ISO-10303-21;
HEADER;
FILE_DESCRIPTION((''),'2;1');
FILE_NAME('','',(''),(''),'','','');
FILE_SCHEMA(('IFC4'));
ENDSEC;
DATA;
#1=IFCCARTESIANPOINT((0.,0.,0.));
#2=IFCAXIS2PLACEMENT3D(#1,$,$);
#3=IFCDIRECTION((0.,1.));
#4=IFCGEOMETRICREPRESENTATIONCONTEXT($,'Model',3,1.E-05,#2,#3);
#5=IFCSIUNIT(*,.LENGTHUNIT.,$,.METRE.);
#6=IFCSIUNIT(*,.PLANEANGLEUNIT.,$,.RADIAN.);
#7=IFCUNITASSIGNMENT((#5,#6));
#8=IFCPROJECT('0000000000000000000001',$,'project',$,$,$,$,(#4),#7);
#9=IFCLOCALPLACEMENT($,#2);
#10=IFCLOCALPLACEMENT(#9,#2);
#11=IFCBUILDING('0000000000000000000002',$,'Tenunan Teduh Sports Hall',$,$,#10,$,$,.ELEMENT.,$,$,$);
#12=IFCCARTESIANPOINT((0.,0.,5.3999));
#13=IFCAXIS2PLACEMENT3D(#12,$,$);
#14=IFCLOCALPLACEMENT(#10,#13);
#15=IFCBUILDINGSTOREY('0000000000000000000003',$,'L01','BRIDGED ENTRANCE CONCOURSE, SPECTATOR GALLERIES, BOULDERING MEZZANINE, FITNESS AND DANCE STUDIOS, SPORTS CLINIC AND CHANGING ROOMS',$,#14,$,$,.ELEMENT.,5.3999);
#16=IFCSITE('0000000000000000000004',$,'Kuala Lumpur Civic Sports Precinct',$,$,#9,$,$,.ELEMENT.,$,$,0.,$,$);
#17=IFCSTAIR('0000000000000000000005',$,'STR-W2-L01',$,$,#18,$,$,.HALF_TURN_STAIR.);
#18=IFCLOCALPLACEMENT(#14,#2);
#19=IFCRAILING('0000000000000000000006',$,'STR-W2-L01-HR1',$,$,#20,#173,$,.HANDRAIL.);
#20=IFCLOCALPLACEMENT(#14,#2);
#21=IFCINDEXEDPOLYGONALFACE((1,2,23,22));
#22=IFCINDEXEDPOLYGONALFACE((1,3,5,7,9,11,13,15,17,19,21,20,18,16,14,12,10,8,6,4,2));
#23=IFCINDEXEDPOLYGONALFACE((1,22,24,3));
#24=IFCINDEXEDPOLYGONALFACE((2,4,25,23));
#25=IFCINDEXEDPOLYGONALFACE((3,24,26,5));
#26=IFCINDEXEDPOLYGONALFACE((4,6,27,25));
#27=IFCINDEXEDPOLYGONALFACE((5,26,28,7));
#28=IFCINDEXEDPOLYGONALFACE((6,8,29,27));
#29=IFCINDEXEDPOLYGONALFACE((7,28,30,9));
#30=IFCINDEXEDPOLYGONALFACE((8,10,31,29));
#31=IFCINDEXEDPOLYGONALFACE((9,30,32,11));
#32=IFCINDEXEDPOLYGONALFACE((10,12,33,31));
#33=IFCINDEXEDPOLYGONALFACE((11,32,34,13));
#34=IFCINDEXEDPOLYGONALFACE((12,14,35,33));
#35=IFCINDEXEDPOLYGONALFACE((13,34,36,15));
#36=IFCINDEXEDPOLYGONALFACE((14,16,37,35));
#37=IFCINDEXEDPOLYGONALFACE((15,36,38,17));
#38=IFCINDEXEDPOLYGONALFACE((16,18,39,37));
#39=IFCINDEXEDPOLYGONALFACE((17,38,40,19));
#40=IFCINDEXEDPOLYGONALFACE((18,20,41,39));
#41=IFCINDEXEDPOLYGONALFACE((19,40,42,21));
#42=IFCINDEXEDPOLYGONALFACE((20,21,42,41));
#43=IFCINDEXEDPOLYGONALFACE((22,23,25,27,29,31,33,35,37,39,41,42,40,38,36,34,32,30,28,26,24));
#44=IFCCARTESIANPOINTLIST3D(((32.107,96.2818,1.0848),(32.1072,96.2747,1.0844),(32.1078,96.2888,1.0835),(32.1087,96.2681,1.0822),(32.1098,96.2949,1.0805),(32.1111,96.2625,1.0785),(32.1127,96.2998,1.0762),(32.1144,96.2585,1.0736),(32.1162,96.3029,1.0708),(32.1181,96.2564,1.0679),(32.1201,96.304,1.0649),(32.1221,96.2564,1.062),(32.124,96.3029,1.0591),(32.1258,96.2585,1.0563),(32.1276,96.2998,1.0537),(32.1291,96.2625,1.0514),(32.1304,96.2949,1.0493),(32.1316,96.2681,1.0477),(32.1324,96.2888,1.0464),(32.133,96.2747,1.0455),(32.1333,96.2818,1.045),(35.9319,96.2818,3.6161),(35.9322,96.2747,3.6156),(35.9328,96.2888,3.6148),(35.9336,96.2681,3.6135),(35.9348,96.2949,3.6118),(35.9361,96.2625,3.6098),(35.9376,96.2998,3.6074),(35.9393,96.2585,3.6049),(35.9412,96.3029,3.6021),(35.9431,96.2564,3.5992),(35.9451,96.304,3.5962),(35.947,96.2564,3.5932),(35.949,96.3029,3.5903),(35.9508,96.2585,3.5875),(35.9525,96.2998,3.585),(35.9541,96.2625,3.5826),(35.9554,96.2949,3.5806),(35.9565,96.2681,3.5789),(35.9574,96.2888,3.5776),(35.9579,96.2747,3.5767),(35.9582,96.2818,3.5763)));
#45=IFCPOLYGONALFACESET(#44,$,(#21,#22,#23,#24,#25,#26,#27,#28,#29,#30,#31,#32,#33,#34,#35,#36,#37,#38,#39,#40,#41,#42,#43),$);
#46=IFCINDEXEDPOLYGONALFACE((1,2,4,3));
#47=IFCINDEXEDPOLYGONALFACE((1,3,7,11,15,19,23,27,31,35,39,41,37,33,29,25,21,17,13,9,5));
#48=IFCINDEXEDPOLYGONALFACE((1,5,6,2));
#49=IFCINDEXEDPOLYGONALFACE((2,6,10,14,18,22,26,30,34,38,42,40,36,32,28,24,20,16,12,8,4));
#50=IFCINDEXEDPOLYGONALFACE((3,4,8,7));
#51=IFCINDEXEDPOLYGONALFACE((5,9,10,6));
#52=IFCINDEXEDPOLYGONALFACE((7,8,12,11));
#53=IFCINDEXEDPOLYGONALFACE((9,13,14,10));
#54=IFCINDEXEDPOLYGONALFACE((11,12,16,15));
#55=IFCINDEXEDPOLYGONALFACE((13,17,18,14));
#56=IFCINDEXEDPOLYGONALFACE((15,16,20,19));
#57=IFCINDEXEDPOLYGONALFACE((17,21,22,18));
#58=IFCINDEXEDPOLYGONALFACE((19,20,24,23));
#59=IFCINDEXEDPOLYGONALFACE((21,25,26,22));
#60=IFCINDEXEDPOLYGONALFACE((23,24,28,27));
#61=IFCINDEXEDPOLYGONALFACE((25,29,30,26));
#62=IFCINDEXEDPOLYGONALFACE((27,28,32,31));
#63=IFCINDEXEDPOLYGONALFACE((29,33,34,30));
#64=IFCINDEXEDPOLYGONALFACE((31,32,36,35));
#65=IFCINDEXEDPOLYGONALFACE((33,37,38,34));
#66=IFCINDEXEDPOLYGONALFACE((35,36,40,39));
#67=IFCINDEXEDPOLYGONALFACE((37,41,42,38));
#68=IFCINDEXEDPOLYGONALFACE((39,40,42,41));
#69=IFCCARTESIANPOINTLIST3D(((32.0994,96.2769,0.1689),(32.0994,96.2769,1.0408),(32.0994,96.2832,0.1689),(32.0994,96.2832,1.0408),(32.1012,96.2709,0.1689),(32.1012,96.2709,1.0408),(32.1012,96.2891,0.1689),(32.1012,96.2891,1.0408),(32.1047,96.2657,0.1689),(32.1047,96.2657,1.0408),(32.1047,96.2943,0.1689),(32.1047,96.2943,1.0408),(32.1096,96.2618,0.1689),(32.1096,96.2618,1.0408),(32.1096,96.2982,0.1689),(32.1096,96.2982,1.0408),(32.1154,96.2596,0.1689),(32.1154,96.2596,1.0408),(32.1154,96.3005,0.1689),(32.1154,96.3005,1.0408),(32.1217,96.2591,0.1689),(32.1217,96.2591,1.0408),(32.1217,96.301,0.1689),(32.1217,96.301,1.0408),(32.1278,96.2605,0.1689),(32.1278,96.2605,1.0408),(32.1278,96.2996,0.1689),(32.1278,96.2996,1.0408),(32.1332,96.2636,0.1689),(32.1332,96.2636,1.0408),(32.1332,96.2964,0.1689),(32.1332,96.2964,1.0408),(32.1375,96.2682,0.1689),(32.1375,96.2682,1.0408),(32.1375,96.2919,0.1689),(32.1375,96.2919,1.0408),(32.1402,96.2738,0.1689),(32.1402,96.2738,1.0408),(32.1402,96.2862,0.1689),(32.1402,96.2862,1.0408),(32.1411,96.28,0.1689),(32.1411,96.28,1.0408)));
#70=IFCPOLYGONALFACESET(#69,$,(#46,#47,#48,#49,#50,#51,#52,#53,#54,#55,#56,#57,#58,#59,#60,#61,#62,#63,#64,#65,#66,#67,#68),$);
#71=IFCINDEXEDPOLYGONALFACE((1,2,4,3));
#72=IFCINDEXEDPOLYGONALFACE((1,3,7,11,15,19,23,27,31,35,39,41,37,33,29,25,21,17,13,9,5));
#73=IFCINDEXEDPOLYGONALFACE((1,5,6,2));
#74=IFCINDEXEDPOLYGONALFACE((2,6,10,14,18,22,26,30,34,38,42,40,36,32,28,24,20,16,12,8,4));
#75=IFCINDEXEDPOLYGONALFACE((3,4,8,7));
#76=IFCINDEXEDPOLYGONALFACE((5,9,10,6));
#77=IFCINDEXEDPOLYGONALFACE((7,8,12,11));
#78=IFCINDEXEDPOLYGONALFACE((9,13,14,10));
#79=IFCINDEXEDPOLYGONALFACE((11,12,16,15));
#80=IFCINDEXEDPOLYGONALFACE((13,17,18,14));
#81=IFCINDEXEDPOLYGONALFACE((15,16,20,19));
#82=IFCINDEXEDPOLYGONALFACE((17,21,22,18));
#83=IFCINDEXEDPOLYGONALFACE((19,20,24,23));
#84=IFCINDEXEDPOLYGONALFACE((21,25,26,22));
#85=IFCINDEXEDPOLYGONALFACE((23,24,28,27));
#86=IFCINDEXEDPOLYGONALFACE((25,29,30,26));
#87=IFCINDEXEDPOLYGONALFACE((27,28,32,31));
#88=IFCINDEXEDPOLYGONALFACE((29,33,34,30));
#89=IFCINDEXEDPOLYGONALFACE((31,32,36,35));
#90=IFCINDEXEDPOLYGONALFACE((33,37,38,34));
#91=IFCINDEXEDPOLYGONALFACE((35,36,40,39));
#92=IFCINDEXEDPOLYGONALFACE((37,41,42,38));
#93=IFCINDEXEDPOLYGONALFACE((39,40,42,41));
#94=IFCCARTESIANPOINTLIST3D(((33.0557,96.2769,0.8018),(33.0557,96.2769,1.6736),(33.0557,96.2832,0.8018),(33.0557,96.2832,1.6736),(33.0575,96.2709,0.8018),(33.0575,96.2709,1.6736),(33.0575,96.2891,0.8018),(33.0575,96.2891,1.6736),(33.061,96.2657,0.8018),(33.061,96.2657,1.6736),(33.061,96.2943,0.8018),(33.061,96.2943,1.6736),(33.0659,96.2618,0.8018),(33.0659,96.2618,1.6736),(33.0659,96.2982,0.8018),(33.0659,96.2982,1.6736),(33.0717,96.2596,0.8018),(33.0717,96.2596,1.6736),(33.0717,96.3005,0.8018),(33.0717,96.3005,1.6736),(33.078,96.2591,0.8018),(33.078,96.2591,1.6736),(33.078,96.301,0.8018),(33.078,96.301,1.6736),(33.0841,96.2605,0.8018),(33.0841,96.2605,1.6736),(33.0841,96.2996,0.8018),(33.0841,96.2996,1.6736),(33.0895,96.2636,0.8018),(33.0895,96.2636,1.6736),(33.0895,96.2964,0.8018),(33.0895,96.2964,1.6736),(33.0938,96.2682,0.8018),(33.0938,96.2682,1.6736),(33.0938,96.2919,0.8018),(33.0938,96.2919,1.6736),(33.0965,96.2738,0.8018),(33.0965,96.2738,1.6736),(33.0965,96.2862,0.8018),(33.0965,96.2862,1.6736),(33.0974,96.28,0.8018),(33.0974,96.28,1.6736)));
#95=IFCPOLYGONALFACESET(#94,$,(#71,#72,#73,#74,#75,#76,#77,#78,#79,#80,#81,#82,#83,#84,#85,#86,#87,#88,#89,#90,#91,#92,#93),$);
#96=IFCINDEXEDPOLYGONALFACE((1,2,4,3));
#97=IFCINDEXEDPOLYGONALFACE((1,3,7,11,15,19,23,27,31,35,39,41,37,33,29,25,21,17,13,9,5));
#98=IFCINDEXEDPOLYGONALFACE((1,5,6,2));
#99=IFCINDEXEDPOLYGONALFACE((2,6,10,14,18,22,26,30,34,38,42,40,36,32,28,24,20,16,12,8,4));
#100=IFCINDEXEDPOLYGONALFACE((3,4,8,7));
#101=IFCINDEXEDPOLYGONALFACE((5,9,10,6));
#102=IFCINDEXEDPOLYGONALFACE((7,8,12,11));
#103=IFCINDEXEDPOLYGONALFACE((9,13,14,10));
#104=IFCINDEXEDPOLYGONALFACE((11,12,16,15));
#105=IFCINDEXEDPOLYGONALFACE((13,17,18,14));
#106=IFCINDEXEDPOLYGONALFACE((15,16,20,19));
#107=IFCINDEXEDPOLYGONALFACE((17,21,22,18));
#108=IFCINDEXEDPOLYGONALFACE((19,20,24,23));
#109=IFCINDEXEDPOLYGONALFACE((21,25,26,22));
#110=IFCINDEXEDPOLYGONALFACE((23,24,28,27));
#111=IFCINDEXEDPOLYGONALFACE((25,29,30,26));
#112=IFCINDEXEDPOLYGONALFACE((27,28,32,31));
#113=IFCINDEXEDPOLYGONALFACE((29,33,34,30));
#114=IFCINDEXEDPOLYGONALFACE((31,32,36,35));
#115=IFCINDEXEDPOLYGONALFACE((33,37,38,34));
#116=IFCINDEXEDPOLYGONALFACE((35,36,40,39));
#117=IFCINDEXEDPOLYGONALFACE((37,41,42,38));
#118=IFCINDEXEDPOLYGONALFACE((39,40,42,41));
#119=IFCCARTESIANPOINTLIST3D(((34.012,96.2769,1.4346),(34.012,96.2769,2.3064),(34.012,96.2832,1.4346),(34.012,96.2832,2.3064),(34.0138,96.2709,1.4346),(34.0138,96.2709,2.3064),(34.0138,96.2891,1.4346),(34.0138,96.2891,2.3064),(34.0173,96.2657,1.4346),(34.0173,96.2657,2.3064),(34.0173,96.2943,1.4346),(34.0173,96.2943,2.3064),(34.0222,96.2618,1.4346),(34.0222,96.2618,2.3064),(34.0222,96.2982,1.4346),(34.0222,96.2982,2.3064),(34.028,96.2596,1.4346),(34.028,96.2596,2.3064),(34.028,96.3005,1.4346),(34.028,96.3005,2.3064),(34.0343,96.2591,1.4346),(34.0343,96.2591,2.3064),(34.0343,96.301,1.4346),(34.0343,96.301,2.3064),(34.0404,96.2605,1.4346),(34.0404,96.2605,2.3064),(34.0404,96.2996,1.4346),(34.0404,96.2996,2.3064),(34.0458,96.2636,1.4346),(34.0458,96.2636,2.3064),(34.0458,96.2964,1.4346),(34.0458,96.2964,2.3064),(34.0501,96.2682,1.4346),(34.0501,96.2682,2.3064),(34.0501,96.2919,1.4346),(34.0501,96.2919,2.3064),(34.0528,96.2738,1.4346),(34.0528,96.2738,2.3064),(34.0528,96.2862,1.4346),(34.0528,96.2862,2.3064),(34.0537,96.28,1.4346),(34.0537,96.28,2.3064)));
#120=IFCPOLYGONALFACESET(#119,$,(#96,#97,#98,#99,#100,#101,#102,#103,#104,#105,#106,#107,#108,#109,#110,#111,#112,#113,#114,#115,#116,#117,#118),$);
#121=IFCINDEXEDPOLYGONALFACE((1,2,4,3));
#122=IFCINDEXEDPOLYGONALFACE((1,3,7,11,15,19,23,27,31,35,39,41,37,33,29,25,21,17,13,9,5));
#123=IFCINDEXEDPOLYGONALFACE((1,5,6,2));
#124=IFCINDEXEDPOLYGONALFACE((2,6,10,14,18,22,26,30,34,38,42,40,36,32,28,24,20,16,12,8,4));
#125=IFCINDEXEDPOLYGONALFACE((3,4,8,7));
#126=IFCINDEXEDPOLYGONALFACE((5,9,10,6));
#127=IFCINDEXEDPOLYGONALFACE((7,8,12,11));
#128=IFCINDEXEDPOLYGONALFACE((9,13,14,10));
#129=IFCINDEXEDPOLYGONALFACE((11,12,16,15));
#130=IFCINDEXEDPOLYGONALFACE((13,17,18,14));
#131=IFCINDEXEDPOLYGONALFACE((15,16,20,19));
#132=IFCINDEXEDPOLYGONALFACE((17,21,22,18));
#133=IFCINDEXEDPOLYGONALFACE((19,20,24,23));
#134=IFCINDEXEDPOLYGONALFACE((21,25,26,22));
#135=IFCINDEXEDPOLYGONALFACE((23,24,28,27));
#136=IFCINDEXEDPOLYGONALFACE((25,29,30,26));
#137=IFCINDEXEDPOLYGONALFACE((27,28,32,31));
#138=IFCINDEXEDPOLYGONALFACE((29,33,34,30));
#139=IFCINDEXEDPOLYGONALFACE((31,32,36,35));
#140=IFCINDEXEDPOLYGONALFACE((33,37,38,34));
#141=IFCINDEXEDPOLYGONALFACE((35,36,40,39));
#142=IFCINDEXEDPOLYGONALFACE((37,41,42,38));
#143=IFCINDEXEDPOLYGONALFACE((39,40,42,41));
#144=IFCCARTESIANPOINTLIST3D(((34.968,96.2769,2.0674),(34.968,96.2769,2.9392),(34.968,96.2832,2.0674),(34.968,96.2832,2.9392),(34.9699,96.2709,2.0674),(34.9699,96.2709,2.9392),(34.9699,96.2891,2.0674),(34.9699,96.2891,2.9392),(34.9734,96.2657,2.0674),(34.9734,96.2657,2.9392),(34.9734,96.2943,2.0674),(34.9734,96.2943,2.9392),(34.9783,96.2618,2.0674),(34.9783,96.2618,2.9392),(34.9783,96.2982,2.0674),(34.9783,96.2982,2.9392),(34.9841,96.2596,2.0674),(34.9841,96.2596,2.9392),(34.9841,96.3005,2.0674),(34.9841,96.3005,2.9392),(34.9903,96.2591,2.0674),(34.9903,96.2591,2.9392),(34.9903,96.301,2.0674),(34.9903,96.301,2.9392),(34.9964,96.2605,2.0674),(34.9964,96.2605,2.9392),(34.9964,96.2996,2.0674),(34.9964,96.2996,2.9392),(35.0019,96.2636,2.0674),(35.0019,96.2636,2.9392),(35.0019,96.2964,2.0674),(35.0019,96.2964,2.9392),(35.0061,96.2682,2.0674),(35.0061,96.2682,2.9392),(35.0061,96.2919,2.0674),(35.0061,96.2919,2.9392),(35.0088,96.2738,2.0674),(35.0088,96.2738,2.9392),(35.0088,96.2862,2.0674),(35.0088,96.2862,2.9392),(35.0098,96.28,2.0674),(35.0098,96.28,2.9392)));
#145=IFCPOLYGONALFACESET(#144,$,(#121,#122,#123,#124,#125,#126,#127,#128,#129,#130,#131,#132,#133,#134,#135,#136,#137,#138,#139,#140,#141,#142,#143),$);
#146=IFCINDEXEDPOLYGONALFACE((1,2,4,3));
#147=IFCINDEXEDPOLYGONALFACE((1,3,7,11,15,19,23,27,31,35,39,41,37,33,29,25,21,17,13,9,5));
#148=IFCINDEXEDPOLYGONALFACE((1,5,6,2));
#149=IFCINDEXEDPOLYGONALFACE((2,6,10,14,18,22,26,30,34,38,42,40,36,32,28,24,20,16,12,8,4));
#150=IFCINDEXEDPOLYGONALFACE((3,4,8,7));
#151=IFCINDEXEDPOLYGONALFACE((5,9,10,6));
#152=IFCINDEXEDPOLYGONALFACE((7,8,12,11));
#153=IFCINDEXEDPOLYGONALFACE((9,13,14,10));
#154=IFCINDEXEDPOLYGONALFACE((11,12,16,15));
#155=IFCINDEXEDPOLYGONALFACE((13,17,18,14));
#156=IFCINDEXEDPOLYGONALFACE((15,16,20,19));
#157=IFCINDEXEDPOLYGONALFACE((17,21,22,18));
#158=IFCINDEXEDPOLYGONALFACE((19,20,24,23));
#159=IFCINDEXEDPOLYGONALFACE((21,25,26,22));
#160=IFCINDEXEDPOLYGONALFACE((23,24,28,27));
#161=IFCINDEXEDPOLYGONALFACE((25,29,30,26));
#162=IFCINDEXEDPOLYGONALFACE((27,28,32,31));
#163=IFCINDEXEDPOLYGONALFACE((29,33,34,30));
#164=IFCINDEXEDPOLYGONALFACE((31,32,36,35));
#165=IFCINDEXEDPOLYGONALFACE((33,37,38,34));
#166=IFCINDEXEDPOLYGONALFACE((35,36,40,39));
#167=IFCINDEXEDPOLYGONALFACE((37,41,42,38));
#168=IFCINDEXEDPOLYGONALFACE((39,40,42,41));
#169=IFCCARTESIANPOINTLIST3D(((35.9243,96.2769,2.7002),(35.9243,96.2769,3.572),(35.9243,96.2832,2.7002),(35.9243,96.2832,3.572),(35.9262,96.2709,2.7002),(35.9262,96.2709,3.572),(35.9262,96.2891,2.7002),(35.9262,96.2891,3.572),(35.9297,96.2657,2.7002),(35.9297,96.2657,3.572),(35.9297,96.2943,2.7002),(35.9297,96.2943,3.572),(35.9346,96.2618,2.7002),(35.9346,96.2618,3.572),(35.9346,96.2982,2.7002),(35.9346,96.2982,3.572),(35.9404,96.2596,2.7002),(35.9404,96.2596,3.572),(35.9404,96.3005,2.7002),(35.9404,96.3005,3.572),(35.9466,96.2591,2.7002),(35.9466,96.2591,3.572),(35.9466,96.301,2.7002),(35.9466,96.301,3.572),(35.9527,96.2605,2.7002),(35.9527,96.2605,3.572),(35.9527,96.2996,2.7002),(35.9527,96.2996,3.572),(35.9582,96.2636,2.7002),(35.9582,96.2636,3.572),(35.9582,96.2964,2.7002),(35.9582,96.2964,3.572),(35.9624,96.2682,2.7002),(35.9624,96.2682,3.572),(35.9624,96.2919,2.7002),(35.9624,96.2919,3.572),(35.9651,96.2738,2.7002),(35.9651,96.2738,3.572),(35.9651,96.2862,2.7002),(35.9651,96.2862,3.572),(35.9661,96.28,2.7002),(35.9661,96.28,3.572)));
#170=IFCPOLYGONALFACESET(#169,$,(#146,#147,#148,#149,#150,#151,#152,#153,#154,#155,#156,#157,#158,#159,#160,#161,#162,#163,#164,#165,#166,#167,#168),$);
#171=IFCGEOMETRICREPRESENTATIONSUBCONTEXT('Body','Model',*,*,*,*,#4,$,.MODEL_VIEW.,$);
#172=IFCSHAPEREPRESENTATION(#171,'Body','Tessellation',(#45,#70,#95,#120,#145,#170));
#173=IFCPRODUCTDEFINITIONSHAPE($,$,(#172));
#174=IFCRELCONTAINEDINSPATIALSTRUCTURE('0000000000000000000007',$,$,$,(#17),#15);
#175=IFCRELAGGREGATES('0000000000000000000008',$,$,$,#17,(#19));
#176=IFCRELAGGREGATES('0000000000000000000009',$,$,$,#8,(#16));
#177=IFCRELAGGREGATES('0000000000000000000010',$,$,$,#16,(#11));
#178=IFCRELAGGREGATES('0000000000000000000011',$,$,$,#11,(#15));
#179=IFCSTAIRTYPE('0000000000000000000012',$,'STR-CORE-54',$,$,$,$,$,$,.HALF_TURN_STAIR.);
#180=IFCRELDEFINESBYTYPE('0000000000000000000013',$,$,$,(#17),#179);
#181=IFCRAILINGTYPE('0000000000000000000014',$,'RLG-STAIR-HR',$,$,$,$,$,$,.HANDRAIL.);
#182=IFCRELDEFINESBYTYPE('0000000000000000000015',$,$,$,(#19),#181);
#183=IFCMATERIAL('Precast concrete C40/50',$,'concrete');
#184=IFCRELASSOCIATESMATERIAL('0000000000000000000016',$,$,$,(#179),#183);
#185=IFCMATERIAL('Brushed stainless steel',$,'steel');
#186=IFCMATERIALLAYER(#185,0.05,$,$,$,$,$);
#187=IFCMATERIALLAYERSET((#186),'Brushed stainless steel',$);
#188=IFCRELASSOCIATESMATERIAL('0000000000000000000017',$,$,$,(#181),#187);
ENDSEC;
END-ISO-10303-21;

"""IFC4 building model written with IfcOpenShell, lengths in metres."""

from ifc_helpers import new_model, si_unit, direction, frame, origin, origin_2d, place, context, subcontext, project, spatial, circle, extrude, material, layer, layer_set, type_object, element, aggregate, save


model = new_model("IFC4")

# Units and contexts
model_context = context("Model", 3, precision=1e-05, world=origin(), true_north=direction((0.0, 1.0)))
body_context = subcontext(model_context, "Body", "Model", "MODEL_VIEW")
ifc_project = project(units=[si_unit("LENGTHUNIT", "METRE"), si_unit("PLANEANGLEUNIT", "RADIAN")], contexts=[model_context])

# Site, building, storey
site_placement = place(None, origin())
site = spatial("IfcSite", under=ifc_project, at=site_placement, Name="Kuala Lumpur Civic Sports Precinct", CompositionType="ELEMENT", RefElevation=0.0)
building_placement = place(site_placement, origin())
building = spatial("IfcBuilding", under=site, at=building_placement, Name="Tenunan Teduh Sports Hall", CompositionType="ELEMENT")
storey_placement = place(building_placement, frame((0.0, 0.0, 5.3999)))
storey = spatial("IfcBuildingStorey", under=building, at=storey_placement, Name="L01", Description="BRIDGED ENTRANCE CONCOURSE, SPECTATOR GALLERIES, BOULDERING MEZZANINE, FITNESS AND DANCE STUDIOS, SPORTS CLINIC AND CHANGING ROOMS", CompositionType="ELEMENT", Elevation=5.3999)

# Stair
ifc_material_1 = material(Name="Precast concrete C40/50", Category="concrete")
stair_type = type_object("IfcStairType", Name="STR-CORE-54", PredefinedType="HALF_TURN_STAIR", material=ifc_material_1)
stair_placement = place(storey_placement, origin())
stair = element("IfcStair", 1, at=stair_placement, inside=storey, type_object=stair_type, Name="STR-W2-L01", PredefinedType="HALF_TURN_STAIR")

# Railing
ifc_material_2 = material(Name="Brushed stainless steel", Category="steel")
ifc_layer_1 = layer(ifc_material_2, 0.05)
ifc_layer_set_1 = layer_set([ifc_layer_1], Name="Brushed stainless steel")
railing_type_1 = type_object("IfcRailingType", Name="RLG-STAIR-HR", PredefinedType="HANDRAIL", material=ifc_layer_set_1)
railing_1_placement = place(storey_placement, frame((32.1201, 96.28, 0.1689)))
railing_1 = element("IfcRailing", 2, at=railing_1_placement, type_object=railing_type_1, Name="STR-W2-L01-HR1", PredefinedType="HANDRAIL", context=body_context, shape_type="SweptSolid", body=[
    extrude(circle(Radius=0.0239, at=origin_2d()), frame((0.0, 0.0, 0.896), z_axis=(0.833929, 0.0, 0.551872), x_axis=(0.0, 1.0, 0.0)), (0.0, 0.0, 1.0), 4.5867),
    extrude(circle(Radius=0.021, at=origin_2d()), origin(), (0.0, 0.0, 1.0), 0.8718),
    extrude(circle(Radius=0.021, at=origin_2d()), frame((0.9563, 0.0, 0.6328)), (0.0, 0.0, 1.0), 0.8718),
    extrude(circle(Radius=0.021, at=origin_2d()), frame((1.9126, 0.0, 1.2656)), (0.0, 0.0, 1.0), 0.8718),
    extrude(circle(Radius=0.021, at=origin_2d()), frame((2.8687, 0.0, 1.8984)), (0.0, 0.0, 1.0), 0.8718),
    extrude(circle(Radius=0.021, at=origin_2d()), frame((3.825, 0.0, 2.5312)), (0.0, 0.0, 1.0), 0.8718),
])
aggregate(stair, [railing_1])

save(model, "model.ifc")
